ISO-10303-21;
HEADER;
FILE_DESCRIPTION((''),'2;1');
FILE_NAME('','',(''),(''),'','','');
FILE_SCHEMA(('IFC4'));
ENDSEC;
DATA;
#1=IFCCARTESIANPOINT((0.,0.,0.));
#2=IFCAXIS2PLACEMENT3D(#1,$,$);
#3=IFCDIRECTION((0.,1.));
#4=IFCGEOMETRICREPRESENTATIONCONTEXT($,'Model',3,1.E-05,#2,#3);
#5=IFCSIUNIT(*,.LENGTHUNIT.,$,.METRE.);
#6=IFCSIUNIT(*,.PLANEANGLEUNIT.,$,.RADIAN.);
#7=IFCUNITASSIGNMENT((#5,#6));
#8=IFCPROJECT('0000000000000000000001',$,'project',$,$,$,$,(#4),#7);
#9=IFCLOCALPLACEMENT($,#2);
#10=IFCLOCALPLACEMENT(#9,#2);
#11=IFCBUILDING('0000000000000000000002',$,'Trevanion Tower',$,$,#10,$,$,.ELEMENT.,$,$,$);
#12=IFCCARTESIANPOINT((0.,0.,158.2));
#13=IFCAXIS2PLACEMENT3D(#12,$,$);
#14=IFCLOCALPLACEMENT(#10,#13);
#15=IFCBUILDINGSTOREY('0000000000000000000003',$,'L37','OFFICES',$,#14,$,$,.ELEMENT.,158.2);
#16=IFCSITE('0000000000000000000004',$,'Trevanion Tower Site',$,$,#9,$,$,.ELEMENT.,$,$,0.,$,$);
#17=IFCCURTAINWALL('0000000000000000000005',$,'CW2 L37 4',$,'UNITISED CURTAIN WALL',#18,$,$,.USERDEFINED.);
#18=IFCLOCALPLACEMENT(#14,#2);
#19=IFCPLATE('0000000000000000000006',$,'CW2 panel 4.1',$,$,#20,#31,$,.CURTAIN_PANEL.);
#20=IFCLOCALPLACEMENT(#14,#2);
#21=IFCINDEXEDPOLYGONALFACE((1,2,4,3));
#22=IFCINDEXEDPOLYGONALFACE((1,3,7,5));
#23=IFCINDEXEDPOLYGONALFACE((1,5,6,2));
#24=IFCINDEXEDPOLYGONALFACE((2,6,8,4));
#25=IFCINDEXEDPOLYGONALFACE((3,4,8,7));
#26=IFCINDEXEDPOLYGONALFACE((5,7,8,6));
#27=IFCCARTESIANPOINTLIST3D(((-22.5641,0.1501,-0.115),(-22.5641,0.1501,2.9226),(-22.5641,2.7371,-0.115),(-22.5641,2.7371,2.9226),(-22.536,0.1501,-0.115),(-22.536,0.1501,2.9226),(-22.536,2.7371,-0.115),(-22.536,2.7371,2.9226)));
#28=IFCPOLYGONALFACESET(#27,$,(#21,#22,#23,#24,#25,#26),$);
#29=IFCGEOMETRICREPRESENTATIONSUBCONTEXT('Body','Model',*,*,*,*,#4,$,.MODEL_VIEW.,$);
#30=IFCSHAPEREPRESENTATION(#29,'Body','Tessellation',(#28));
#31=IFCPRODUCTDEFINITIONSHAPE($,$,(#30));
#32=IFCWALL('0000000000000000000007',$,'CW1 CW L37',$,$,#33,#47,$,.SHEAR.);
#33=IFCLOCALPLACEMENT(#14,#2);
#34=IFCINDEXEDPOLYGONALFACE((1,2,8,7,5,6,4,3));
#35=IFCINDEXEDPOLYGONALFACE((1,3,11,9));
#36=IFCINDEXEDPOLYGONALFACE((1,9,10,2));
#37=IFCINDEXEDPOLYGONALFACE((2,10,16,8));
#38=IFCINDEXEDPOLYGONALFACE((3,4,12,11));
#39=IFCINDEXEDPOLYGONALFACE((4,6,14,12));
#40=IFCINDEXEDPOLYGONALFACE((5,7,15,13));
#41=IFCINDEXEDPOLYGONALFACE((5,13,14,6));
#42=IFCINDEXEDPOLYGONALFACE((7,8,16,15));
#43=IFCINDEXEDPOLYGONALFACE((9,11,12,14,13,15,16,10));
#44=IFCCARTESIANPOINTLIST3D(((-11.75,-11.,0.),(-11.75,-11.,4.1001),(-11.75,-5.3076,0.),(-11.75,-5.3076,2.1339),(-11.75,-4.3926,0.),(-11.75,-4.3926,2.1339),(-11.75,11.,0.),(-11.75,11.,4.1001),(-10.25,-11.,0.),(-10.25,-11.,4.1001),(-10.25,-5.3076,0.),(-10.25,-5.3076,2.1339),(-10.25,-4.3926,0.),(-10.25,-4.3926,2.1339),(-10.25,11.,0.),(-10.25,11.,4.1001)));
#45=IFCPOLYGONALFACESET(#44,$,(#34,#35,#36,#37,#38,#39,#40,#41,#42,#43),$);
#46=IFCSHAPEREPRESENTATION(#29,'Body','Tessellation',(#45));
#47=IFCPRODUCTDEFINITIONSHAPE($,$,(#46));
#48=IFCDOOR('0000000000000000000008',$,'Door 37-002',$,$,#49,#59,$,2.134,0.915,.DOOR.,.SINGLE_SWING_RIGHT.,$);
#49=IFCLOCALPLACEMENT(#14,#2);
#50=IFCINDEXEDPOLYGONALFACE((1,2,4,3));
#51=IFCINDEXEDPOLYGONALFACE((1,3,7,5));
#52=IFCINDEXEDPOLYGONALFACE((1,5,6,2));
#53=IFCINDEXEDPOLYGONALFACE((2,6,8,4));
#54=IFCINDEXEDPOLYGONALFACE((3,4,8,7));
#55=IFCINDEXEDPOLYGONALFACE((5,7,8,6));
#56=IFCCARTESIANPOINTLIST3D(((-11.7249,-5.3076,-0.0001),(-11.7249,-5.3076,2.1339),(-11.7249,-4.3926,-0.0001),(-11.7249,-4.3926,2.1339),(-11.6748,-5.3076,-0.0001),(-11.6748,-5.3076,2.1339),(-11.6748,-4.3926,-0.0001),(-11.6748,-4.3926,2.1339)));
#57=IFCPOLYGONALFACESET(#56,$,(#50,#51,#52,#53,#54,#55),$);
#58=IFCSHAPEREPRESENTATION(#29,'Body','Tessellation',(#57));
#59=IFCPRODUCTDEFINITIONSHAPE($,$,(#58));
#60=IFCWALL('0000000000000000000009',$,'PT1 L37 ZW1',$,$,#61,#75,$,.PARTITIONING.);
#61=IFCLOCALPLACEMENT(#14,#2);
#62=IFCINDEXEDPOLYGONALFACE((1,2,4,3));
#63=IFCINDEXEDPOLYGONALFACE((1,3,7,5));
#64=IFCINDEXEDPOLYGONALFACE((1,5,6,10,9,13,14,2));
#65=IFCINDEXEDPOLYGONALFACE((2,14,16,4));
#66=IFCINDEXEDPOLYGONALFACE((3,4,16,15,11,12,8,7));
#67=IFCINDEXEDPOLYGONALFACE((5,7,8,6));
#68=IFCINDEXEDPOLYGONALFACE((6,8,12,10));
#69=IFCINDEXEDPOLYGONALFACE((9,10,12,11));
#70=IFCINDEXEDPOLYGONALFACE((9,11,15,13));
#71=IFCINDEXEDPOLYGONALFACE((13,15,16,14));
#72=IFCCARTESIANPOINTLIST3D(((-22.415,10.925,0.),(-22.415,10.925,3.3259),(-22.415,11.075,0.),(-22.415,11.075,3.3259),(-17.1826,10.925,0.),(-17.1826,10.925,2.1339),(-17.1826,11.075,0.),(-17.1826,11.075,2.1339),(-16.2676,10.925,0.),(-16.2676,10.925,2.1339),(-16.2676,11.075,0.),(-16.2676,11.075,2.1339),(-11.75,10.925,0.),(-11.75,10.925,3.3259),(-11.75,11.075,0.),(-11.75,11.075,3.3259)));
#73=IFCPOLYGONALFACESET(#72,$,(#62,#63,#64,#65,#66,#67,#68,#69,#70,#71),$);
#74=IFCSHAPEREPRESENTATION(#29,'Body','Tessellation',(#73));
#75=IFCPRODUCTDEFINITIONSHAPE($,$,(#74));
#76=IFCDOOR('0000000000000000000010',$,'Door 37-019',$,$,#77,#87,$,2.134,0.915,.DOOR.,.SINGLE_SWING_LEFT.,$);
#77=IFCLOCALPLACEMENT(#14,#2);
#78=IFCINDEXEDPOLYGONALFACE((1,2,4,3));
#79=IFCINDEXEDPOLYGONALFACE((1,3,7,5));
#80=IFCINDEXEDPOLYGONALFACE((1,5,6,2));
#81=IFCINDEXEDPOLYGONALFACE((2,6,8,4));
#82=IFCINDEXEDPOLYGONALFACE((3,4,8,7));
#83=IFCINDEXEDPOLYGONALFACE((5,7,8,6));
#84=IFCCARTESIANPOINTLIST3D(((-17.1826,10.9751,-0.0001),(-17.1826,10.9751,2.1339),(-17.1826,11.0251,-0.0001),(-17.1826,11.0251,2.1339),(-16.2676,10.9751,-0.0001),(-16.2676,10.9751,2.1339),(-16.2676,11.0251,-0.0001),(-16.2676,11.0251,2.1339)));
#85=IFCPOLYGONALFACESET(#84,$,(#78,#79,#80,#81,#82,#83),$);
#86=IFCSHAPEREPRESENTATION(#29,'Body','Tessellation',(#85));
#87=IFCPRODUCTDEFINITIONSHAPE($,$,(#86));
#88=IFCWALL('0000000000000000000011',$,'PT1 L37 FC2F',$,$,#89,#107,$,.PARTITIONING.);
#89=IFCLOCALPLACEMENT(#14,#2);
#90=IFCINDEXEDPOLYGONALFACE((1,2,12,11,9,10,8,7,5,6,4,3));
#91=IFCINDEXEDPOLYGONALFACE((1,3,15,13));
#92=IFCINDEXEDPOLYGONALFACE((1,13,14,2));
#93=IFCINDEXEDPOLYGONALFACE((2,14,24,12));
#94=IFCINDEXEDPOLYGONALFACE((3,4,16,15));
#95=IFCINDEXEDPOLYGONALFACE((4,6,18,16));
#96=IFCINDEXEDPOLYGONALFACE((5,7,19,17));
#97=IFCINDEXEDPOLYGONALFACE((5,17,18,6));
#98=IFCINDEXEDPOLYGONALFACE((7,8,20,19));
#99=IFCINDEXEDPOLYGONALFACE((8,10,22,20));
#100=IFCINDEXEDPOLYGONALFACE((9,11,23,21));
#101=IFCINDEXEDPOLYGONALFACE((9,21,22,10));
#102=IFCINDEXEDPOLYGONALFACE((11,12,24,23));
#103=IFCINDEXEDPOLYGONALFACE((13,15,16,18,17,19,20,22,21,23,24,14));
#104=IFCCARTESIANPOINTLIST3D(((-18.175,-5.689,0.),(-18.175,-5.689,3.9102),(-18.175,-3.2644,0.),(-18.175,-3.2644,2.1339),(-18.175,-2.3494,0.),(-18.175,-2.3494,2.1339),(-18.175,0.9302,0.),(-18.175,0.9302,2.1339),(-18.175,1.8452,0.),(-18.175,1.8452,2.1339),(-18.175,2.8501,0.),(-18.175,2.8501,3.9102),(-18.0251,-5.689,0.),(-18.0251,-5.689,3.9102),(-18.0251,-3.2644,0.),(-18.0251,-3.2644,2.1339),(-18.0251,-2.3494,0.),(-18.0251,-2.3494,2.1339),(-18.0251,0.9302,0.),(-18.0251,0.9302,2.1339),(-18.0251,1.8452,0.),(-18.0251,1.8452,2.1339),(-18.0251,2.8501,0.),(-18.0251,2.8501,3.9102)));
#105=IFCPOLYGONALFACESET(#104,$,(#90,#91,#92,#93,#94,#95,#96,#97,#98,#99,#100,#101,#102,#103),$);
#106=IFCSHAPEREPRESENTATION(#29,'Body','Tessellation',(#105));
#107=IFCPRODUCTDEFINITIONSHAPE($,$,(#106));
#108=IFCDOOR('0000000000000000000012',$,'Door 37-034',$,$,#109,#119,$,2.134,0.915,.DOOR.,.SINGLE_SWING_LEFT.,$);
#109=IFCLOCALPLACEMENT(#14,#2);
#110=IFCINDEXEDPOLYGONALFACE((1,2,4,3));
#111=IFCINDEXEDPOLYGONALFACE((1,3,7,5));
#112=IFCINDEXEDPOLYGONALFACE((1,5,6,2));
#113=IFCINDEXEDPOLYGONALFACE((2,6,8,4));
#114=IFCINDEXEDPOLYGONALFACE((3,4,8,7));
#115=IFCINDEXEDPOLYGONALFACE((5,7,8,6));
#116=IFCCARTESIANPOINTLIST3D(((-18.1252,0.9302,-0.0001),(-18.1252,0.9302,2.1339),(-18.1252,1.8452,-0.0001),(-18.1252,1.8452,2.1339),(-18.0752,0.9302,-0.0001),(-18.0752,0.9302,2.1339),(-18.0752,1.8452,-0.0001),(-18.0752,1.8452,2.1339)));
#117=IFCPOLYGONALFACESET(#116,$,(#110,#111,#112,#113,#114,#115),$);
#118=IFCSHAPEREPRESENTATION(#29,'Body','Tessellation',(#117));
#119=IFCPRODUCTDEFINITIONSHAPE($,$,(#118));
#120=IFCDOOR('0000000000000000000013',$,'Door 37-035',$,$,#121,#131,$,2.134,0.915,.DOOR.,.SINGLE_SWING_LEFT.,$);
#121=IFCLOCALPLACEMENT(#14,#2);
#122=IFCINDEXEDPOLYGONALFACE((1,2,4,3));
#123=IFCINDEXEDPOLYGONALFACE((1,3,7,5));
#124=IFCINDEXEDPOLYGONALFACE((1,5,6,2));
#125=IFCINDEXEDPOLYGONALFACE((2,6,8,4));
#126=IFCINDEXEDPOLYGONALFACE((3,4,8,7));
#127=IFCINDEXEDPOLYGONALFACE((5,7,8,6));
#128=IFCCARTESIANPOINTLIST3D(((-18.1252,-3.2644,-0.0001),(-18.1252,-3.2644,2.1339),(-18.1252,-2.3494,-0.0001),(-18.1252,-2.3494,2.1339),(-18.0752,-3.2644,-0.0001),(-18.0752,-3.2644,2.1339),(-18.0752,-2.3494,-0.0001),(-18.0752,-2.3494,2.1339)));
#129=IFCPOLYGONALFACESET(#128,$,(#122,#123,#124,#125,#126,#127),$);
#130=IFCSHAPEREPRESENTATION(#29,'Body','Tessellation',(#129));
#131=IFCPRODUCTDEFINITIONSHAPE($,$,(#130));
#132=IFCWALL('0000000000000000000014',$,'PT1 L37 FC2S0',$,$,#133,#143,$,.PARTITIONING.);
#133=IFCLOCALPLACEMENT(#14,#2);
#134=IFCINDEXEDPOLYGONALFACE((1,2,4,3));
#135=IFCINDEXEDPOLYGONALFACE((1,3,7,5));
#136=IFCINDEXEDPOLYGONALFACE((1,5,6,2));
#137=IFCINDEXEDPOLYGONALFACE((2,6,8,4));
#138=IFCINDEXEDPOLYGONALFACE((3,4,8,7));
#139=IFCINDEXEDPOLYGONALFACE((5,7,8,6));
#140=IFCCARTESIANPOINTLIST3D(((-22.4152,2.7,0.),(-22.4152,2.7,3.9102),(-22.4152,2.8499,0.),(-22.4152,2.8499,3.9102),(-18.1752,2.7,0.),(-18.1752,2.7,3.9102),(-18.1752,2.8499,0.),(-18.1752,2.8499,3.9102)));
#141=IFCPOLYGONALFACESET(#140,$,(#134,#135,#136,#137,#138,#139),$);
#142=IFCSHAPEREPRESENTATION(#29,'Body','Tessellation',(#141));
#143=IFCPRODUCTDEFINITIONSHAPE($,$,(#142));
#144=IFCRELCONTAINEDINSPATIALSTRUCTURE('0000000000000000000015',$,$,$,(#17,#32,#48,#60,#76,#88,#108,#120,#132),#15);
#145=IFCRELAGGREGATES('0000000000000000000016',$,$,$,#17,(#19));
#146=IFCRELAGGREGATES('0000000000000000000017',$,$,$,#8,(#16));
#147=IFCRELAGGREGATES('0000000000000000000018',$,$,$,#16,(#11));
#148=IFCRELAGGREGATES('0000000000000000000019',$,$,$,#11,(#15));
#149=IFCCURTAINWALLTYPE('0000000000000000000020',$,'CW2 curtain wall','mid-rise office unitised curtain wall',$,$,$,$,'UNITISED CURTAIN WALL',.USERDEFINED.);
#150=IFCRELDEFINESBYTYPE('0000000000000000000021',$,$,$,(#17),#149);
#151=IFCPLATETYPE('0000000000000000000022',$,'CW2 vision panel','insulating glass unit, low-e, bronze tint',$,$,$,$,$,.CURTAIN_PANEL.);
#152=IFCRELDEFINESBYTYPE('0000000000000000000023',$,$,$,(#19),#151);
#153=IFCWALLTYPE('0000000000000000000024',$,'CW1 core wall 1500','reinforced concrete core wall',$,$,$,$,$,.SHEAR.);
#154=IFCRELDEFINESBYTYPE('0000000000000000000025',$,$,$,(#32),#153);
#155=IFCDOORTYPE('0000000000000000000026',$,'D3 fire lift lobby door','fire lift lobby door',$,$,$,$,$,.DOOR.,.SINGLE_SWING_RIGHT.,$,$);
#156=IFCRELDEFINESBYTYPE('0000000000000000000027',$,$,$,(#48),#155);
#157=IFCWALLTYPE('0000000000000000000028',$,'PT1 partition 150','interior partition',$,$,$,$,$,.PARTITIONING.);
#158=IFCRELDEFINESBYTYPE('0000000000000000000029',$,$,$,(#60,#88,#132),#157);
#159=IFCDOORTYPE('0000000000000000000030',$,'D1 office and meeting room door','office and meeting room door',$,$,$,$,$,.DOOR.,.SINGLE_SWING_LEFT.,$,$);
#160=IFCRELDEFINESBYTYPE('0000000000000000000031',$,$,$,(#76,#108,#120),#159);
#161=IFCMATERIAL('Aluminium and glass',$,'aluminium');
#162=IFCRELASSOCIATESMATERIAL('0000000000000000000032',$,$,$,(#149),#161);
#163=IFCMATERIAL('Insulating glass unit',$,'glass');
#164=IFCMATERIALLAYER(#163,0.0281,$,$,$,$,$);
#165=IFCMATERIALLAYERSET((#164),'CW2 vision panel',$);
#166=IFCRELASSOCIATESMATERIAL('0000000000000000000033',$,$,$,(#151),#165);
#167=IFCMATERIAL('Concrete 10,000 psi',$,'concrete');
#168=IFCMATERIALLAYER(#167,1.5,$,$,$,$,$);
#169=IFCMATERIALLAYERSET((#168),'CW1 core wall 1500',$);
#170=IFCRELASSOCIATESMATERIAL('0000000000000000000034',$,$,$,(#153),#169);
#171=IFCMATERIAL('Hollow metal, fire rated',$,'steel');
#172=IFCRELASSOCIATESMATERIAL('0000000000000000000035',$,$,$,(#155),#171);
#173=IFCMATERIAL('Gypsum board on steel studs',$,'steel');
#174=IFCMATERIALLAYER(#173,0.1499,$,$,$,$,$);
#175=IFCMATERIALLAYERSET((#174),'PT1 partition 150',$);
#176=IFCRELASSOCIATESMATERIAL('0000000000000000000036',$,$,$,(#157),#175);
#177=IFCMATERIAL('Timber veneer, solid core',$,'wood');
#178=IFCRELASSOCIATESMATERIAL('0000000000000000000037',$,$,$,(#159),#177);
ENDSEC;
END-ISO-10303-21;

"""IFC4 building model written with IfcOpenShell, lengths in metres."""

from ifc_helpers import new_model, si_unit, direction, frame, frame_2d, origin, origin_2d, place, context, subcontext, project, spatial, rectangle, extrude, material, layer, layer_set, type_object, element, fill, aggregate, save


model = new_model("IFC4")

# Units and contexts
model_context = context("Model", 3, precision=1e-05, world=origin(), true_north=direction((0.0, 1.0)))
body_context = subcontext(model_context, "Body", "Model", "MODEL_VIEW")
ifc_project = project(units=[si_unit("LENGTHUNIT", "METRE"), si_unit("PLANEANGLEUNIT", "RADIAN")], contexts=[model_context])

# Site, building, storey
site_placement = place(None, origin())
site = spatial("IfcSite", under=ifc_project, at=site_placement, Name="Trevanion Tower Site", CompositionType="ELEMENT", RefElevation=0.0)
building_placement = place(site_placement, origin())
building = spatial("IfcBuilding", under=site, at=building_placement, Name="Trevanion Tower", CompositionType="ELEMENT")
storey_placement = place(building_placement, frame((0.0, 0.0, 158.2)))
storey = spatial("IfcBuildingStorey", under=building, at=storey_placement, Name="L37", Description="OFFICES", CompositionType="ELEMENT", Elevation=158.2)

# Curtain wall
ifc_material_1 = material(Name="Aluminium and glass", Category="aluminium")
curtain_wall_type = type_object("IfcCurtainWallType", Name="CW2 curtain wall", Description="mid-rise office unitised curtain wall", ElementType="UNITISED CURTAIN WALL", PredefinedType="USERDEFINED", material=ifc_material_1)
curtain_wall_placement = place(storey_placement, origin())
curtain_wall = element("IfcCurtainWall", 1, at=curtain_wall_placement, inside=storey, type_object=curtain_wall_type, Name="CW2 L37 4", ObjectType="UNITISED CURTAIN WALL", PredefinedType="USERDEFINED")

# Plate
ifc_material_2 = material(Name="Insulating glass unit", Category="glass")
ifc_layer_1 = layer(ifc_material_2, 0.0281)
ifc_layer_set_1 = layer_set([ifc_layer_1], Name="CW2 vision panel")
plate_type_1 = type_object("IfcPlateType", Name="CW2 vision panel", Description="insulating glass unit, low-e, bronze tint", PredefinedType="CURTAIN_PANEL", material=ifc_layer_set_1)
plate_1_placement = place(storey_placement, frame((-22.55, 1.4436, -0.115), z_axis=(0.0, 0.0, 1.0), x_axis=(0.0, -1.0, 0.0)))
plate_1 = element("IfcPlate", 2, at=plate_1_placement, type_object=plate_type_1, Name="CW2 panel 4.1", PredefinedType="CURTAIN_PANEL", context=body_context, shape_type="SweptSolid", body=[
    extrude(rectangle(XDim=2.5869, YDim=0.0281, at=origin_2d()), origin(), (0.0, 0.0, 1.0), 3.0376),
])
aggregate(curtain_wall, [plate_1])

# Walls, openings, doors
ifc_material_3 = material(Name="Concrete 10,000 psi", Category="concrete")
ifc_layer_2 = layer(ifc_material_3, 1.5)
ifc_layer_set_2 = layer_set([ifc_layer_2], Name="CW1 core wall 1500")
wall_type_1 = type_object("IfcWallType", Name="CW1 core wall 1500", Description="reinforced concrete core wall", PredefinedType="SHEAR", material=ifc_layer_set_2)
wall_1_placement = place(storey_placement, frame((-11.0, 11.0, 0.0), z_axis=(0.0, 0.0, 1.0), x_axis=(0.0, -1.0, 0.0)))
wall_1 = element("IfcWall", 3, at=wall_1_placement, inside=storey, type_object=wall_type_1, Name="CW1 CW L37", PredefinedType="SHEAR", context=body_context, shape_type="SweptSolid", body=[
    extrude(rectangle(XDim=22.0, YDim=1.5, at=frame_2d((11.0, 0.0))), origin(), (0.0, 0.0, 1.0), 4.1001),
])
opening_1_placement = place(wall_1_placement, frame((15.3926, 0.0, 0.0)))
opening_1 = element("IfcOpeningElement", 4, at=opening_1_placement, cuts=wall_1, PredefinedType="OPENING", context=body_context, shape_type="SweptSolid", body=[
    extrude(rectangle(XDim=0.915, YDim=2.134, at=frame_2d((0.4575, 1.0669))), frame((0.0, 0.76, 0.0), z_axis=(0.0, -1.0, 0.0), x_axis=(1.0, 0.0, 0.0)), (0.0, 0.0, 1.0), 1.52),
])
ifc_material_4 = material(Name="Hollow metal, fire rated", Category="steel")
door_type_1 = type_object("IfcDoorType", Name="D3 fire lift lobby door", Description="fire lift lobby door", OperationType="SINGLE_SWING_RIGHT", PredefinedType="DOOR", material=ifc_material_4)
door_1_placement = place(opening_1_placement, origin())
door_1 = element("IfcDoor", 5, at=door_1_placement, inside=storey, type_object=door_type_1, Name="Door 37-002", OperationType="SINGLE_SWING_RIGHT", OverallHeight=2.134, OverallWidth=0.915, PredefinedType="DOOR", context=body_context, shape_type="SweptSolid", body=[
    extrude(rectangle(XDim=0.915, YDim=2.134, at=frame_2d((0.4575, 1.0669))), frame((0.0, -0.6748, 0.0), z_axis=(0.0, -1.0, 0.0), x_axis=(1.0, 0.0, 0.0)), (0.0, 0.0, 1.0), 0.05),
])
fill(opening_1, door_1)
ifc_material_5 = material(Name="Gypsum board on steel studs", Category="steel")
ifc_layer_3 = layer(ifc_material_5, 0.1499)
ifc_layer_set_3 = layer_set([ifc_layer_3], Name="PT1 partition 150")
wall_type_2 = type_object("IfcWallType", Name="PT1 partition 150", Description="interior partition", PredefinedType="PARTITIONING", material=ifc_layer_set_3)
wall_2_placement = place(storey_placement, frame((-11.75, 11.0, 0.0), z_axis=(0.0, 0.0, 1.0), x_axis=(-1.0, 0.0, 0.0)))
wall_2 = element("IfcWall", 6, at=wall_2_placement, inside=storey, type_object=wall_type_2, Name="PT1 L37 ZW1", PredefinedType="PARTITIONING", context=body_context, shape_type="SweptSolid", body=[
    extrude(rectangle(XDim=10.665, YDim=0.1499, at=frame_2d((5.3325, 0.0))), origin(), (0.0, 0.0, 1.0), 3.3259),
])
opening_2_placement = place(wall_2_placement, frame((4.5176, 0.0, 0.0)))
opening_2 = element("IfcOpeningElement", 7, at=opening_2_placement, cuts=wall_2, PredefinedType="OPENING", context=body_context, shape_type="SweptSolid", body=[
    extrude(rectangle(XDim=0.915, YDim=2.134, at=frame_2d((0.4575, 1.0669))), frame((0.0, 0.085, 0.0), z_axis=(0.0, -1.0, 0.0), x_axis=(1.0, 0.0, 0.0)), (0.0, 0.0, 1.0), 0.1699),
])
ifc_material_6 = material(Name="Timber veneer, solid core", Category="wood")
door_type_2 = type_object("IfcDoorType", Name="D1 office and meeting room door", Description="office and meeting room door", OperationType="SINGLE_SWING_LEFT", PredefinedType="DOOR", material=ifc_material_6)
door_2_placement = place(opening_2_placement, origin())
door_2 = element("IfcDoor", 8, at=door_2_placement, inside=storey, type_object=door_type_2, Name="Door 37-019", OperationType="SINGLE_SWING_LEFT", OverallHeight=2.134, OverallWidth=0.915, PredefinedType="DOOR", context=body_context, shape_type="SweptSolid", body=[
    extrude(rectangle(XDim=0.915, YDim=2.134, at=frame_2d((0.4575, 1.0669))), frame((0.0, 0.0249, 0.0), z_axis=(0.0, -1.0, 0.0), x_axis=(1.0, 0.0, 0.0)), (0.0, 0.0, 1.0), 0.05),
])
fill(opening_2, door_2)

# Wall, openings, doors
wall_3_placement = place(storey_placement, frame((-18.1001, 2.8501, 0.0), z_axis=(0.0, 0.0, 1.0), x_axis=(0.0, -1.0, 0.0)))
wall_3 = element("IfcWall", 9, at=wall_3_placement, inside=storey, type_object=wall_type_2, Name="PT1 L37 FC2F", PredefinedType="PARTITIONING", context=body_context, shape_type="SweptSolid", body=[
    extrude(rectangle(XDim=8.5391, YDim=0.1499, at=frame_2d((4.2695, 0.0))), origin(), (0.0, 0.0, 1.0), 3.9102),
])
opening_3_placement = place(wall_3_placement, frame((1.0049, 0.0, 0.0)))
opening_3 = element("IfcOpeningElement", 10, at=opening_3_placement, cuts=wall_3, PredefinedType="OPENING", context=body_context, shape_type="SweptSolid", body=[
    extrude(rectangle(XDim=0.915, YDim=2.134, at=frame_2d((0.4575, 1.0669))), frame((0.0, 0.085, 0.0), z_axis=(0.0, -1.0, 0.0), x_axis=(1.0, 0.0, 0.0)), (0.0, 0.0, 1.0), 0.1699),
])
opening_4_placement = place(wall_3_placement, frame((5.1995, 0.0, 0.0)))
opening_4 = element("IfcOpeningElement", 11, at=opening_4_placement, cuts=wall_3, PredefinedType="OPENING", context=body_context, shape_type="SweptSolid", body=[
    extrude(rectangle(XDim=0.915, YDim=2.134, at=frame_2d((0.4575, 1.0669))), frame((0.0, 0.085, 0.0), z_axis=(0.0, -1.0, 0.0), x_axis=(1.0, 0.0, 0.0)), (0.0, 0.0, 1.0), 0.1699),
])
door_3_placement = place(opening_3_placement, origin())
door_3 = element("IfcDoor", 12, at=door_3_placement, inside=storey, type_object=door_type_2, Name="Door 37-034", OperationType="SINGLE_SWING_LEFT", OverallHeight=2.134, OverallWidth=0.915, PredefinedType="DOOR", context=body_context, shape_type="SweptSolid", body=[
    extrude(rectangle(XDim=0.915, YDim=2.134, at=frame_2d((0.4575, 1.0669))), frame((0.0, 0.0249, 0.0), z_axis=(0.0, -1.0, 0.0), x_axis=(1.0, 0.0, 0.0)), (0.0, 0.0, 1.0), 0.05),
])
fill(opening_3, door_3)
door_4_placement = place(opening_4_placement, origin())
door_4 = element("IfcDoor", 13, at=door_4_placement, inside=storey, type_object=door_type_2, Name="Door 37-035", OperationType="SINGLE_SWING_LEFT", OverallHeight=2.134, OverallWidth=0.915, PredefinedType="DOOR", context=body_context, shape_type="SweptSolid", body=[
    extrude(rectangle(XDim=0.915, YDim=2.134, at=frame_2d((0.4575, 1.0669))), frame((0.0, 0.0249, 0.0), z_axis=(0.0, -1.0, 0.0), x_axis=(1.0, 0.0, 0.0)), (0.0, 0.0, 1.0), 0.05),
])
fill(opening_4, door_4)

# Wall
wall_4_placement = place(storey_placement, frame((-18.175, 2.7749, 0.0), z_axis=(0.0, 0.0, 1.0), x_axis=(-1.0, 0.0, 0.0)))
element("IfcWall", 14, at=wall_4_placement, inside=storey, type_object=wall_type_2, Name="PT1 L37 FC2S0", PredefinedType="PARTITIONING", context=body_context, shape_type="SweptSolid", body=[
    extrude(rectangle(XDim=4.24, YDim=0.1499, at=frame_2d((2.1201, 0.0))), origin(), (0.0, 0.0, 1.0), 3.9102),
])

save(model, "model.ifc")
